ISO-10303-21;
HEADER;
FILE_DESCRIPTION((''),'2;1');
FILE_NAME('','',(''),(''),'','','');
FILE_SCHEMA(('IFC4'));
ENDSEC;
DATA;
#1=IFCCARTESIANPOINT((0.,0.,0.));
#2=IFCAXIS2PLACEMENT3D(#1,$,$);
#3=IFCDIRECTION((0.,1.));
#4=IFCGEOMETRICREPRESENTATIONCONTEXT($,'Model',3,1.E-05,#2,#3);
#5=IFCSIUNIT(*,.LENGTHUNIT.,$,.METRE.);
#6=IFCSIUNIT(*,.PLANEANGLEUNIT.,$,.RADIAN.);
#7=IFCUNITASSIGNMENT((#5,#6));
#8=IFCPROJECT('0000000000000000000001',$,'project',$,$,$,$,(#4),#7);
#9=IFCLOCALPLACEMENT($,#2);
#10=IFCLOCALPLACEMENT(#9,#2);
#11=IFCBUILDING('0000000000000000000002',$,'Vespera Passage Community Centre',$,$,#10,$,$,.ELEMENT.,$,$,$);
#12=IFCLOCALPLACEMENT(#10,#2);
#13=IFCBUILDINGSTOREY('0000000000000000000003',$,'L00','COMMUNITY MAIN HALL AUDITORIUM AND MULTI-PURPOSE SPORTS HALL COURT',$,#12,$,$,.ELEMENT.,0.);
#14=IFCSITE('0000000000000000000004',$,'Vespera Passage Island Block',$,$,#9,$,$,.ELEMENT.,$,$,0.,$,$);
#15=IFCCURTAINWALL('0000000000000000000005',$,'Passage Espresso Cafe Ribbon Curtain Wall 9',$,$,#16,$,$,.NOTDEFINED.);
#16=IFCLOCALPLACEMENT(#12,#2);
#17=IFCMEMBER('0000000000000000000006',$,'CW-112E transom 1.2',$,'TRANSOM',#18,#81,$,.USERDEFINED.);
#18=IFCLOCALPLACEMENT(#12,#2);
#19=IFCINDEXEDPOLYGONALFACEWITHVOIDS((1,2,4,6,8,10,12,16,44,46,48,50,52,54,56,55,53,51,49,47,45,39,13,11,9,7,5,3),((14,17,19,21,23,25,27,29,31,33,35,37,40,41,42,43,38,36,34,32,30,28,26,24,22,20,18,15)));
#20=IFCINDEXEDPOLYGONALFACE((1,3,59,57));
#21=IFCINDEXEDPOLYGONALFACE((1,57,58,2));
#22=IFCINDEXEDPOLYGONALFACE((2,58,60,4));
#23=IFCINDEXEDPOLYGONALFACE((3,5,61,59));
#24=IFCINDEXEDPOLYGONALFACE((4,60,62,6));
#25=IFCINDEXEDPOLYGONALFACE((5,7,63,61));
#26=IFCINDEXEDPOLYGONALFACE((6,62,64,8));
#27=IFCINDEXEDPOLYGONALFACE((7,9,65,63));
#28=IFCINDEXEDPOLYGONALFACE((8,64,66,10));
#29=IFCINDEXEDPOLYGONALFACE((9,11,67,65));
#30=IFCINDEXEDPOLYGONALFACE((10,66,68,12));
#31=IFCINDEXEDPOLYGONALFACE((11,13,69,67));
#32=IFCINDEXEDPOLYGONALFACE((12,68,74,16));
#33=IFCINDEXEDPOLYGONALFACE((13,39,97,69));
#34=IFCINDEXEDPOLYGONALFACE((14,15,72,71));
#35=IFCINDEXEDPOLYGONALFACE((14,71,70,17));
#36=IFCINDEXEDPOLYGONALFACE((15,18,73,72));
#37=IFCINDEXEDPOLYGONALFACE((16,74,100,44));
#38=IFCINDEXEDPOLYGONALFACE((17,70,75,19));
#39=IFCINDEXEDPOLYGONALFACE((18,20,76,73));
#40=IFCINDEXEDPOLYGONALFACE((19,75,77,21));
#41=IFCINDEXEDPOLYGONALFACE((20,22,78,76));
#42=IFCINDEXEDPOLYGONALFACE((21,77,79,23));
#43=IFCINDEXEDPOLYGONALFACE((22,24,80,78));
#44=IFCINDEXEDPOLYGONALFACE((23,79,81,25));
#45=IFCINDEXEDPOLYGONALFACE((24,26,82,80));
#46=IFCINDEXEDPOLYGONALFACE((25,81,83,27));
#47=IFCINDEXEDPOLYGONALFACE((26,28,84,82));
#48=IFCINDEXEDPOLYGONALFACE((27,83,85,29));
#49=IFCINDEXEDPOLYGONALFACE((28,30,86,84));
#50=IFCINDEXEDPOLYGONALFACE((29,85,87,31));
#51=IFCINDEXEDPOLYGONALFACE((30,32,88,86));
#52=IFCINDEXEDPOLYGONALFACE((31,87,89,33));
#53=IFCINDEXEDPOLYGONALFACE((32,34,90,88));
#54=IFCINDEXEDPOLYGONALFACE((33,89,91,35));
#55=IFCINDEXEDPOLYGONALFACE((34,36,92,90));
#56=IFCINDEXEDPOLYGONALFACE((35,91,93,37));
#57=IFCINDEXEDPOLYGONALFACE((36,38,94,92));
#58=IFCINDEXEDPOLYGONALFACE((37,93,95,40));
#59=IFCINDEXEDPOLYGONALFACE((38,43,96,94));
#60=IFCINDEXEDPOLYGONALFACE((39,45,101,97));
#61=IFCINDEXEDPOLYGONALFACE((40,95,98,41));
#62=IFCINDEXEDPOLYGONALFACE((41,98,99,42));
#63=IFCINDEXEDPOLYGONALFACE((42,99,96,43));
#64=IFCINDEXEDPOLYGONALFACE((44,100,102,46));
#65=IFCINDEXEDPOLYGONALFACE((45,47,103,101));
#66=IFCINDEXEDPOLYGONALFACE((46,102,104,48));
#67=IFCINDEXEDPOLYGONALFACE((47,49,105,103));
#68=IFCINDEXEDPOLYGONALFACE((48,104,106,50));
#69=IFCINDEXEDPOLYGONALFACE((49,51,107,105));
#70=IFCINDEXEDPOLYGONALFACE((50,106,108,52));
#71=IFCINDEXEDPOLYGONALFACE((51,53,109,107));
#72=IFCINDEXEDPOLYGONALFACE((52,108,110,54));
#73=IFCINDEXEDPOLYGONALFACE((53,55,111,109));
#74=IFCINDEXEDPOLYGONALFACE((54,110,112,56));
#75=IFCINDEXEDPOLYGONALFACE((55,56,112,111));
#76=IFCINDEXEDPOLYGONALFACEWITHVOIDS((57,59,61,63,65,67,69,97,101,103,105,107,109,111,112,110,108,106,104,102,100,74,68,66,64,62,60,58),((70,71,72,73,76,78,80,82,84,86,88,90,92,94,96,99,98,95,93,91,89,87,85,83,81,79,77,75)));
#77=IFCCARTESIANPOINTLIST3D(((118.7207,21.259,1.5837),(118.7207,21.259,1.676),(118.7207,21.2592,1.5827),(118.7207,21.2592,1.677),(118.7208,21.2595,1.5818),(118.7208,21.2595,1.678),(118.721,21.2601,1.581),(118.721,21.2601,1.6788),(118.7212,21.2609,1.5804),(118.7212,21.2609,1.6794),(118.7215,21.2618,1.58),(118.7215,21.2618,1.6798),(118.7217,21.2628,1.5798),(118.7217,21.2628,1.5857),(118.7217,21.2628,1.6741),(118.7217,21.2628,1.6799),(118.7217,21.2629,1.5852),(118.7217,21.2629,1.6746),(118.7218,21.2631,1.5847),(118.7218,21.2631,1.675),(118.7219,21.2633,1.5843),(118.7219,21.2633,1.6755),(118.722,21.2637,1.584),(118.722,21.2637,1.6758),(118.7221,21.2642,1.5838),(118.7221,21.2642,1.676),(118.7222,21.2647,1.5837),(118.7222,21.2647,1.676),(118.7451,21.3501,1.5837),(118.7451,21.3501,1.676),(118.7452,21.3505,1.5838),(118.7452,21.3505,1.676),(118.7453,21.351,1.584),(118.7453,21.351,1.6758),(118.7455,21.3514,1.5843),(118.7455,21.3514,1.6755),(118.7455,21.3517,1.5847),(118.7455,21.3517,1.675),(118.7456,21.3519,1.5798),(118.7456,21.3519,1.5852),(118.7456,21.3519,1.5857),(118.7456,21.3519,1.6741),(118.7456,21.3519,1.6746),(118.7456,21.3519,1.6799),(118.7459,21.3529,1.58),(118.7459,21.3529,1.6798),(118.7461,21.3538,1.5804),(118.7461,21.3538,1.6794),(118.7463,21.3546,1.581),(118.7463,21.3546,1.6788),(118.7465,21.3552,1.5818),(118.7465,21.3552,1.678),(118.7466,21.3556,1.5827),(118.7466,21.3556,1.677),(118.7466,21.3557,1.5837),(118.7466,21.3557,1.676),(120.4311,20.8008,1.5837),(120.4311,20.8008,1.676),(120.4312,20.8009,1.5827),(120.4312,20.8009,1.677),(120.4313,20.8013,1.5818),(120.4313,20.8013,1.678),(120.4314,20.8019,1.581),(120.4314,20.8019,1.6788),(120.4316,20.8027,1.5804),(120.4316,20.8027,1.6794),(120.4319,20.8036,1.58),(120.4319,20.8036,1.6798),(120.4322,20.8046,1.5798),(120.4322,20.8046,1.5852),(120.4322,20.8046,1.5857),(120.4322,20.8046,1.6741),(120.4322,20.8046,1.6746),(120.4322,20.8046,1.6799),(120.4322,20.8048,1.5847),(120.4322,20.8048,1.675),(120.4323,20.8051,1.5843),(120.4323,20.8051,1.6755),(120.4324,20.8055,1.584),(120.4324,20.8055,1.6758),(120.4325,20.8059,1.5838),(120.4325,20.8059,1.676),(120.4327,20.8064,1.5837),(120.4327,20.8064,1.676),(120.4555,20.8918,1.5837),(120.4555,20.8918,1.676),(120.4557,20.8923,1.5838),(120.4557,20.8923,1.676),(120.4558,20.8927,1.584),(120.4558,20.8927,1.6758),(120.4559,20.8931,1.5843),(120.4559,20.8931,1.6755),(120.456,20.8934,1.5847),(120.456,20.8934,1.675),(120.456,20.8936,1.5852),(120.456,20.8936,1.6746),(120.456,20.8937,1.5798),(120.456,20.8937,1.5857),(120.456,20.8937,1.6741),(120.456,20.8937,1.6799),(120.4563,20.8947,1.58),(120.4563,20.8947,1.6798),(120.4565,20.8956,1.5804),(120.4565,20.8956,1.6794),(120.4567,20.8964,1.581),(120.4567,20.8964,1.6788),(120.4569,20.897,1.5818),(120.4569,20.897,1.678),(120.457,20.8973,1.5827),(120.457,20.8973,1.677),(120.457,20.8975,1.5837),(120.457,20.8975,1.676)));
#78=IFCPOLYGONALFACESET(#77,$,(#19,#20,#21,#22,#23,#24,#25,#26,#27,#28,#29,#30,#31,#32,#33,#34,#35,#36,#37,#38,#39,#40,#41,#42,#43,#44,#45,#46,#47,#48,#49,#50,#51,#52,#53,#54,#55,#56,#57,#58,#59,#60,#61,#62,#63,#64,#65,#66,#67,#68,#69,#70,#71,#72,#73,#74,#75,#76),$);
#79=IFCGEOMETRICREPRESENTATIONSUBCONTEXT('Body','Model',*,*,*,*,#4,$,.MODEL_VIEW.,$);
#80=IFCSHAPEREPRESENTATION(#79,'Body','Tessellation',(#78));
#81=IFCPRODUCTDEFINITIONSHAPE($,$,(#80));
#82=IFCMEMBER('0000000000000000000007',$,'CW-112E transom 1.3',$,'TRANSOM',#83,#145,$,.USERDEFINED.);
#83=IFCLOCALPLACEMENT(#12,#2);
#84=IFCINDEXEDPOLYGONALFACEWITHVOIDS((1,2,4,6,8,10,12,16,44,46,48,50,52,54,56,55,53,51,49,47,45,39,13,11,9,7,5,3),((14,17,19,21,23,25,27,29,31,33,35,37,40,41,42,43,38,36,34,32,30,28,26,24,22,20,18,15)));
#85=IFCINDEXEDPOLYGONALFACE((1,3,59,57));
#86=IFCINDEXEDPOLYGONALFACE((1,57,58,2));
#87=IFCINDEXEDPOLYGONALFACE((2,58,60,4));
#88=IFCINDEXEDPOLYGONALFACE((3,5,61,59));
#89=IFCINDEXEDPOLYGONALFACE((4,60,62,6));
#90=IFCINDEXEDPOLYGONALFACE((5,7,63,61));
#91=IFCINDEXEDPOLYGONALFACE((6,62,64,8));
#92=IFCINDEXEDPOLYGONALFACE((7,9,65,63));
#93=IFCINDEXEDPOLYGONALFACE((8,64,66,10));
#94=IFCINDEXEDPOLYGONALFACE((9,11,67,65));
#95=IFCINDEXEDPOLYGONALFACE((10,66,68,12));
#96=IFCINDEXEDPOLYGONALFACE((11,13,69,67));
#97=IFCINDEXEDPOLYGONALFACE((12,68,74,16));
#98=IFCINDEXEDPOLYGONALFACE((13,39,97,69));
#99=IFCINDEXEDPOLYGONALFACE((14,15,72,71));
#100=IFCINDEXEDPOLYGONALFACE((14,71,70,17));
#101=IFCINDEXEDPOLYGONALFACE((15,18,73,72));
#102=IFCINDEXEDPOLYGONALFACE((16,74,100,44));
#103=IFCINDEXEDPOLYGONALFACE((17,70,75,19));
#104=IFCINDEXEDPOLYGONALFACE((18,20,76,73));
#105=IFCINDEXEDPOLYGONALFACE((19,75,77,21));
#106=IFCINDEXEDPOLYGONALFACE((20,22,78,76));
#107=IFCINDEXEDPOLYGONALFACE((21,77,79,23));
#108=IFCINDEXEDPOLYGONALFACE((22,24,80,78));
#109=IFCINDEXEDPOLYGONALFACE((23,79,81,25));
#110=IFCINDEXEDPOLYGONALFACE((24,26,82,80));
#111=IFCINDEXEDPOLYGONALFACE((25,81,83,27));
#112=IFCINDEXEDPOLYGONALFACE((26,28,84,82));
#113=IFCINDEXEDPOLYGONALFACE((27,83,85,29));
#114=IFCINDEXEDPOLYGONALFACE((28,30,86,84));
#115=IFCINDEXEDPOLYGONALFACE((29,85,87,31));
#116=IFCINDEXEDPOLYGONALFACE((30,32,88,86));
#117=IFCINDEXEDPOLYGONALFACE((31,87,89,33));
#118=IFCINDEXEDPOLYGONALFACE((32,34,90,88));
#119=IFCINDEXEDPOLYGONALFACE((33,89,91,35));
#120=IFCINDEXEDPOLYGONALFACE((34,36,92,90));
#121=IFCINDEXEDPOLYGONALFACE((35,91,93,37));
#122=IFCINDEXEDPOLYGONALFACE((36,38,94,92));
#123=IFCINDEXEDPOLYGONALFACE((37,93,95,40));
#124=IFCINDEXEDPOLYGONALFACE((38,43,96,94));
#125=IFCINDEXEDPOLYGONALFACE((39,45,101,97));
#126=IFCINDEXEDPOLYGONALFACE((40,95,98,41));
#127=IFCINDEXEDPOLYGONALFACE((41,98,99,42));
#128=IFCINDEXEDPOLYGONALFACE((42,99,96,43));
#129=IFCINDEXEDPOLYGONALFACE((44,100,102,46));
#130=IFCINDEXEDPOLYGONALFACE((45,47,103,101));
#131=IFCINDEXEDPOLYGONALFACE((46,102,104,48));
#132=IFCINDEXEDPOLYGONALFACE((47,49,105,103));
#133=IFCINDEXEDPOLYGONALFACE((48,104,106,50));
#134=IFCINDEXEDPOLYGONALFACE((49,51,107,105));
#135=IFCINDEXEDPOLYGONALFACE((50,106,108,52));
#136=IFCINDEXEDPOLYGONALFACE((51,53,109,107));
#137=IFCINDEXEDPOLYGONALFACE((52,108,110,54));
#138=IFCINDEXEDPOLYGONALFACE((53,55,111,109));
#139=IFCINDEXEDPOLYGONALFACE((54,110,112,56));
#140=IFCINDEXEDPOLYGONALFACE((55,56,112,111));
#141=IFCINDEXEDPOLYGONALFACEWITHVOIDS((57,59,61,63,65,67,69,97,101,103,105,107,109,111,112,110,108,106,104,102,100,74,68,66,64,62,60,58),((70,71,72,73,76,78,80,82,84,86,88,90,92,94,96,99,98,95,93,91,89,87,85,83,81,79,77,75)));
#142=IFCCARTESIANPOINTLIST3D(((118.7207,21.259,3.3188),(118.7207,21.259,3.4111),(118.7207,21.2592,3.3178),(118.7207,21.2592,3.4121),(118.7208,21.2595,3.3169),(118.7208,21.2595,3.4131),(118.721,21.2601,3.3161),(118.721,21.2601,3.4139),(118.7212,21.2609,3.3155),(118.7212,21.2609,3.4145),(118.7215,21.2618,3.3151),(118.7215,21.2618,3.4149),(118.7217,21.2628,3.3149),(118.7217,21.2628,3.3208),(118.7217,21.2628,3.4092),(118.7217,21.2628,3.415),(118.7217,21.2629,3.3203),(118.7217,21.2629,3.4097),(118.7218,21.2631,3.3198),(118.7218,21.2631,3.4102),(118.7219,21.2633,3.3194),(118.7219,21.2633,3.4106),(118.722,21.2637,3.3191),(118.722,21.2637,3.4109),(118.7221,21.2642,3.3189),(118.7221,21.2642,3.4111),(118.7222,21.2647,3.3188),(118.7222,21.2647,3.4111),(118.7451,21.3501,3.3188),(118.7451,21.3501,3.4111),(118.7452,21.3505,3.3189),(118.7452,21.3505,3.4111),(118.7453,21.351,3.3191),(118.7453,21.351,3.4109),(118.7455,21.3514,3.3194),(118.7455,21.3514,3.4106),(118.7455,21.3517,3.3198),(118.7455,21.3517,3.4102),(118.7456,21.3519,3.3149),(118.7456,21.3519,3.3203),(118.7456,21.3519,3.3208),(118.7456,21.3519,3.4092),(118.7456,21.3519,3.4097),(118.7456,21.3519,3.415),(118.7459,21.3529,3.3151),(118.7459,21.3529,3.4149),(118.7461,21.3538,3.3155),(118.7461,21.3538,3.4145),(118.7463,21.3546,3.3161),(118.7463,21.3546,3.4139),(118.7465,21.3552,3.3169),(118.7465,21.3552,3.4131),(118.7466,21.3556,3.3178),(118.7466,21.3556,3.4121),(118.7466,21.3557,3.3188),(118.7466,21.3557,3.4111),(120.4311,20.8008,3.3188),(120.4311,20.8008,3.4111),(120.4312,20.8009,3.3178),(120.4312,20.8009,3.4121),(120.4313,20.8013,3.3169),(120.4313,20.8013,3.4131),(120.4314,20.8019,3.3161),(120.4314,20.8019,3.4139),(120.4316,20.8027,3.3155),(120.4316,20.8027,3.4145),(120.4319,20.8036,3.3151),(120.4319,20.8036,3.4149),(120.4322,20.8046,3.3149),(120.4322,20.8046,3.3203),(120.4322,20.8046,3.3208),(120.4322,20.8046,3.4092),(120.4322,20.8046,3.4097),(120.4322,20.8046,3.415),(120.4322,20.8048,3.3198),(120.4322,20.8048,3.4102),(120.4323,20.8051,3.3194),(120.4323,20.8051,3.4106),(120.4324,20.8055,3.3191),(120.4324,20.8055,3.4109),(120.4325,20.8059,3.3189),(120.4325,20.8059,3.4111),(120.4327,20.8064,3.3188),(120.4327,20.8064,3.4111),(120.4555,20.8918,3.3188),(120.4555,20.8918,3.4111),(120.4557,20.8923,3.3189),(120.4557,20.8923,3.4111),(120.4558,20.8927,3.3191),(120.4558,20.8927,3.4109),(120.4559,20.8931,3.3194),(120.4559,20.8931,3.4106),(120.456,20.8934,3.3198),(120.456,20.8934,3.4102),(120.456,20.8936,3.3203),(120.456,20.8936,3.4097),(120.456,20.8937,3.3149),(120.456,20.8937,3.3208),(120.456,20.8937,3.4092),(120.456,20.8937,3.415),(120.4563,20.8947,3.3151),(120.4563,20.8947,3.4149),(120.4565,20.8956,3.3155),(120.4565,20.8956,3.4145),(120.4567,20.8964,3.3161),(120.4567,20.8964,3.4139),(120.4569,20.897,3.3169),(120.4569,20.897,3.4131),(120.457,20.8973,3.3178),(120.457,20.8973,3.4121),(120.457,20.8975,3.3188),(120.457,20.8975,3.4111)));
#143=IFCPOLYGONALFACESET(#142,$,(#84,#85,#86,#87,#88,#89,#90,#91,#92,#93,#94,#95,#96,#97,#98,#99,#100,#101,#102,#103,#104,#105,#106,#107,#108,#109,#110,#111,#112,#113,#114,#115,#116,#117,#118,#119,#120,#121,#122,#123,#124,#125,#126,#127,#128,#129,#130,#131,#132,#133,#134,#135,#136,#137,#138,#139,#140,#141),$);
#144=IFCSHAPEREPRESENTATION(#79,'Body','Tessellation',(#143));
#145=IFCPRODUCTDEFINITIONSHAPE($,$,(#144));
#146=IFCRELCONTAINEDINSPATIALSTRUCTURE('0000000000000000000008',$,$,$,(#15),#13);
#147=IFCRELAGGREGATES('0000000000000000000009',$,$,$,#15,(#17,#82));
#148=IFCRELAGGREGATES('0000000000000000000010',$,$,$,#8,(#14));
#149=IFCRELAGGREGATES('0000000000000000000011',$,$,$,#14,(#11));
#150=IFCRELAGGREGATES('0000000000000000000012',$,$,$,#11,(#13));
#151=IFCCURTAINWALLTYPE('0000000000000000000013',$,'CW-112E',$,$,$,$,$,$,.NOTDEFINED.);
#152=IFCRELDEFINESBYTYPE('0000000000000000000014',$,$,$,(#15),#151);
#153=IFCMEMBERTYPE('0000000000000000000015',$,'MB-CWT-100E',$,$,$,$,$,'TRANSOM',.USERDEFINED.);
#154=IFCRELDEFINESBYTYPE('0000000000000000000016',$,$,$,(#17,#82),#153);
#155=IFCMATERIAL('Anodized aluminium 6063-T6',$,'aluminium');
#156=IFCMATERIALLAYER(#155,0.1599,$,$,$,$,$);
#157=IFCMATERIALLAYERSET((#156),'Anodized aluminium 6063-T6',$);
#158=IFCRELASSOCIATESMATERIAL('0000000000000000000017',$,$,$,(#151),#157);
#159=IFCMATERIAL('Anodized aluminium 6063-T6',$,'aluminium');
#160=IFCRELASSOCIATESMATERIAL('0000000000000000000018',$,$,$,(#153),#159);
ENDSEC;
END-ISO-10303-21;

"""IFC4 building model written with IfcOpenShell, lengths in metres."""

from ifc_helpers import new_model, si_unit, direction, frame, origin, origin_2d, place, context, subcontext, project, spatial, hollow_rectangle, extrude, material, layer, layer_set, material_profile, profile_set, type_object, element, aggregate, save


model = new_model("IFC4")

# Units and contexts
model_context = context("Model", 3, precision=1e-05, world=origin(), true_north=direction((0.0, 1.0)))
body_context = subcontext(model_context, "Body", "Model", "MODEL_VIEW")
ifc_project = project(units=[si_unit("LENGTHUNIT", "METRE"), si_unit("PLANEANGLEUNIT", "RADIAN")], contexts=[model_context])

# Site, building, storey
site_placement = place(None, origin())
site = spatial("IfcSite", under=ifc_project, at=site_placement, Name="Vespera Passage Island Block", CompositionType="ELEMENT", RefElevation=0.0)
building_placement = place(site_placement, origin())
building = spatial("IfcBuilding", under=site, at=building_placement, Name="Vespera Passage Community Centre", CompositionType="ELEMENT")
storey_placement = place(building_placement, origin())
storey = spatial("IfcBuildingStorey", under=building, at=storey_placement, Name="L00", Description="COMMUNITY MAIN HALL AUDITORIUM AND MULTI-PURPOSE SPORTS HALL COURT", CompositionType="ELEMENT", Elevation=0.0)

# Curtain wall
ifc_material_1 = material(Name="Anodized aluminium 6063-T6", Category="aluminium")
ifc_layer_1 = layer(ifc_material_1, 0.1599)
ifc_layer_set_1 = layer_set([ifc_layer_1], Name="Anodized aluminium 6063-T6")
curtain_wall_type_1 = type_object("IfcCurtainWallType", Name="CW-112E", PredefinedType="NOTDEFINED", material=ifc_layer_set_1)
curtain_wall_1_placement = place(storey_placement, origin())
curtain_wall_1 = element("IfcCurtainWall", 1, at=curtain_wall_1_placement, inside=storey, type_object=curtain_wall_type_1, Name="Passage Espresso Cafe Ribbon Curtain Wall 9", PredefinedType="NOTDEFINED")

# Members
ifc_material_2 = material(Name="Anodized aluminium 6063-T6", Category="aluminium")
ifc_material_profile_1 = material_profile(ifc_material_2, hollow_rectangle(XDim=0.1001, YDim=0.1001, WallThickness=0.0039, InnerFilletRadius=0.002, OuterFilletRadius=0.0039, at=origin_2d()), Name="ALU100X100X4")
ifc_profile_set_1 = profile_set([ifc_material_profile_1], Name="Anodized aluminium 6063-T6")
member_type_1 = type_object("IfcMemberType", Name="MB-CWT-100E", ElementType="TRANSOM", PredefinedType="USERDEFINED", material=ifc_profile_set_1)
member_1_placement = place(storey_placement, frame((120.4441, 20.8491, 1.6299), z_axis=(-0.965935, 0.258787, 0.0), x_axis=(-0.258787, -0.965935, 0.0)))
member_1 = element("IfcMember", 2, at=member_1_placement, type_object=member_type_1, Name="CW-112E transom 1.2", ObjectType="TRANSOM", PredefinedType="USERDEFINED", context=body_context, shape_type="SweptSolid", body=[
    extrude(hollow_rectangle(XDim=0.1001, YDim=0.1001, WallThickness=0.0039, InnerFilletRadius=0.002, OuterFilletRadius=0.0039, at=origin_2d()), origin(), (0.0, 0.0, 1.0), 1.7708),
])
member_2_placement = place(storey_placement, frame((120.4441, 20.8491, 3.365), z_axis=(-0.965935, 0.258787, 0.0), x_axis=(-0.258787, -0.965935, 0.0)))
member_2 = element("IfcMember", 3, at=member_2_placement, type_object=member_type_1, Name="CW-112E transom 1.3", ObjectType="TRANSOM", PredefinedType="USERDEFINED", context=body_context, shape_type="SweptSolid", body=[
    extrude(hollow_rectangle(XDim=0.1001, YDim=0.1001, WallThickness=0.0039, InnerFilletRadius=0.002, OuterFilletRadius=0.0039, at=origin_2d()), origin(), (0.0, 0.0, 1.0), 1.7708),
])

aggregate(curtain_wall_1, [member_1, member_2])

save(model, "model.ifc")
